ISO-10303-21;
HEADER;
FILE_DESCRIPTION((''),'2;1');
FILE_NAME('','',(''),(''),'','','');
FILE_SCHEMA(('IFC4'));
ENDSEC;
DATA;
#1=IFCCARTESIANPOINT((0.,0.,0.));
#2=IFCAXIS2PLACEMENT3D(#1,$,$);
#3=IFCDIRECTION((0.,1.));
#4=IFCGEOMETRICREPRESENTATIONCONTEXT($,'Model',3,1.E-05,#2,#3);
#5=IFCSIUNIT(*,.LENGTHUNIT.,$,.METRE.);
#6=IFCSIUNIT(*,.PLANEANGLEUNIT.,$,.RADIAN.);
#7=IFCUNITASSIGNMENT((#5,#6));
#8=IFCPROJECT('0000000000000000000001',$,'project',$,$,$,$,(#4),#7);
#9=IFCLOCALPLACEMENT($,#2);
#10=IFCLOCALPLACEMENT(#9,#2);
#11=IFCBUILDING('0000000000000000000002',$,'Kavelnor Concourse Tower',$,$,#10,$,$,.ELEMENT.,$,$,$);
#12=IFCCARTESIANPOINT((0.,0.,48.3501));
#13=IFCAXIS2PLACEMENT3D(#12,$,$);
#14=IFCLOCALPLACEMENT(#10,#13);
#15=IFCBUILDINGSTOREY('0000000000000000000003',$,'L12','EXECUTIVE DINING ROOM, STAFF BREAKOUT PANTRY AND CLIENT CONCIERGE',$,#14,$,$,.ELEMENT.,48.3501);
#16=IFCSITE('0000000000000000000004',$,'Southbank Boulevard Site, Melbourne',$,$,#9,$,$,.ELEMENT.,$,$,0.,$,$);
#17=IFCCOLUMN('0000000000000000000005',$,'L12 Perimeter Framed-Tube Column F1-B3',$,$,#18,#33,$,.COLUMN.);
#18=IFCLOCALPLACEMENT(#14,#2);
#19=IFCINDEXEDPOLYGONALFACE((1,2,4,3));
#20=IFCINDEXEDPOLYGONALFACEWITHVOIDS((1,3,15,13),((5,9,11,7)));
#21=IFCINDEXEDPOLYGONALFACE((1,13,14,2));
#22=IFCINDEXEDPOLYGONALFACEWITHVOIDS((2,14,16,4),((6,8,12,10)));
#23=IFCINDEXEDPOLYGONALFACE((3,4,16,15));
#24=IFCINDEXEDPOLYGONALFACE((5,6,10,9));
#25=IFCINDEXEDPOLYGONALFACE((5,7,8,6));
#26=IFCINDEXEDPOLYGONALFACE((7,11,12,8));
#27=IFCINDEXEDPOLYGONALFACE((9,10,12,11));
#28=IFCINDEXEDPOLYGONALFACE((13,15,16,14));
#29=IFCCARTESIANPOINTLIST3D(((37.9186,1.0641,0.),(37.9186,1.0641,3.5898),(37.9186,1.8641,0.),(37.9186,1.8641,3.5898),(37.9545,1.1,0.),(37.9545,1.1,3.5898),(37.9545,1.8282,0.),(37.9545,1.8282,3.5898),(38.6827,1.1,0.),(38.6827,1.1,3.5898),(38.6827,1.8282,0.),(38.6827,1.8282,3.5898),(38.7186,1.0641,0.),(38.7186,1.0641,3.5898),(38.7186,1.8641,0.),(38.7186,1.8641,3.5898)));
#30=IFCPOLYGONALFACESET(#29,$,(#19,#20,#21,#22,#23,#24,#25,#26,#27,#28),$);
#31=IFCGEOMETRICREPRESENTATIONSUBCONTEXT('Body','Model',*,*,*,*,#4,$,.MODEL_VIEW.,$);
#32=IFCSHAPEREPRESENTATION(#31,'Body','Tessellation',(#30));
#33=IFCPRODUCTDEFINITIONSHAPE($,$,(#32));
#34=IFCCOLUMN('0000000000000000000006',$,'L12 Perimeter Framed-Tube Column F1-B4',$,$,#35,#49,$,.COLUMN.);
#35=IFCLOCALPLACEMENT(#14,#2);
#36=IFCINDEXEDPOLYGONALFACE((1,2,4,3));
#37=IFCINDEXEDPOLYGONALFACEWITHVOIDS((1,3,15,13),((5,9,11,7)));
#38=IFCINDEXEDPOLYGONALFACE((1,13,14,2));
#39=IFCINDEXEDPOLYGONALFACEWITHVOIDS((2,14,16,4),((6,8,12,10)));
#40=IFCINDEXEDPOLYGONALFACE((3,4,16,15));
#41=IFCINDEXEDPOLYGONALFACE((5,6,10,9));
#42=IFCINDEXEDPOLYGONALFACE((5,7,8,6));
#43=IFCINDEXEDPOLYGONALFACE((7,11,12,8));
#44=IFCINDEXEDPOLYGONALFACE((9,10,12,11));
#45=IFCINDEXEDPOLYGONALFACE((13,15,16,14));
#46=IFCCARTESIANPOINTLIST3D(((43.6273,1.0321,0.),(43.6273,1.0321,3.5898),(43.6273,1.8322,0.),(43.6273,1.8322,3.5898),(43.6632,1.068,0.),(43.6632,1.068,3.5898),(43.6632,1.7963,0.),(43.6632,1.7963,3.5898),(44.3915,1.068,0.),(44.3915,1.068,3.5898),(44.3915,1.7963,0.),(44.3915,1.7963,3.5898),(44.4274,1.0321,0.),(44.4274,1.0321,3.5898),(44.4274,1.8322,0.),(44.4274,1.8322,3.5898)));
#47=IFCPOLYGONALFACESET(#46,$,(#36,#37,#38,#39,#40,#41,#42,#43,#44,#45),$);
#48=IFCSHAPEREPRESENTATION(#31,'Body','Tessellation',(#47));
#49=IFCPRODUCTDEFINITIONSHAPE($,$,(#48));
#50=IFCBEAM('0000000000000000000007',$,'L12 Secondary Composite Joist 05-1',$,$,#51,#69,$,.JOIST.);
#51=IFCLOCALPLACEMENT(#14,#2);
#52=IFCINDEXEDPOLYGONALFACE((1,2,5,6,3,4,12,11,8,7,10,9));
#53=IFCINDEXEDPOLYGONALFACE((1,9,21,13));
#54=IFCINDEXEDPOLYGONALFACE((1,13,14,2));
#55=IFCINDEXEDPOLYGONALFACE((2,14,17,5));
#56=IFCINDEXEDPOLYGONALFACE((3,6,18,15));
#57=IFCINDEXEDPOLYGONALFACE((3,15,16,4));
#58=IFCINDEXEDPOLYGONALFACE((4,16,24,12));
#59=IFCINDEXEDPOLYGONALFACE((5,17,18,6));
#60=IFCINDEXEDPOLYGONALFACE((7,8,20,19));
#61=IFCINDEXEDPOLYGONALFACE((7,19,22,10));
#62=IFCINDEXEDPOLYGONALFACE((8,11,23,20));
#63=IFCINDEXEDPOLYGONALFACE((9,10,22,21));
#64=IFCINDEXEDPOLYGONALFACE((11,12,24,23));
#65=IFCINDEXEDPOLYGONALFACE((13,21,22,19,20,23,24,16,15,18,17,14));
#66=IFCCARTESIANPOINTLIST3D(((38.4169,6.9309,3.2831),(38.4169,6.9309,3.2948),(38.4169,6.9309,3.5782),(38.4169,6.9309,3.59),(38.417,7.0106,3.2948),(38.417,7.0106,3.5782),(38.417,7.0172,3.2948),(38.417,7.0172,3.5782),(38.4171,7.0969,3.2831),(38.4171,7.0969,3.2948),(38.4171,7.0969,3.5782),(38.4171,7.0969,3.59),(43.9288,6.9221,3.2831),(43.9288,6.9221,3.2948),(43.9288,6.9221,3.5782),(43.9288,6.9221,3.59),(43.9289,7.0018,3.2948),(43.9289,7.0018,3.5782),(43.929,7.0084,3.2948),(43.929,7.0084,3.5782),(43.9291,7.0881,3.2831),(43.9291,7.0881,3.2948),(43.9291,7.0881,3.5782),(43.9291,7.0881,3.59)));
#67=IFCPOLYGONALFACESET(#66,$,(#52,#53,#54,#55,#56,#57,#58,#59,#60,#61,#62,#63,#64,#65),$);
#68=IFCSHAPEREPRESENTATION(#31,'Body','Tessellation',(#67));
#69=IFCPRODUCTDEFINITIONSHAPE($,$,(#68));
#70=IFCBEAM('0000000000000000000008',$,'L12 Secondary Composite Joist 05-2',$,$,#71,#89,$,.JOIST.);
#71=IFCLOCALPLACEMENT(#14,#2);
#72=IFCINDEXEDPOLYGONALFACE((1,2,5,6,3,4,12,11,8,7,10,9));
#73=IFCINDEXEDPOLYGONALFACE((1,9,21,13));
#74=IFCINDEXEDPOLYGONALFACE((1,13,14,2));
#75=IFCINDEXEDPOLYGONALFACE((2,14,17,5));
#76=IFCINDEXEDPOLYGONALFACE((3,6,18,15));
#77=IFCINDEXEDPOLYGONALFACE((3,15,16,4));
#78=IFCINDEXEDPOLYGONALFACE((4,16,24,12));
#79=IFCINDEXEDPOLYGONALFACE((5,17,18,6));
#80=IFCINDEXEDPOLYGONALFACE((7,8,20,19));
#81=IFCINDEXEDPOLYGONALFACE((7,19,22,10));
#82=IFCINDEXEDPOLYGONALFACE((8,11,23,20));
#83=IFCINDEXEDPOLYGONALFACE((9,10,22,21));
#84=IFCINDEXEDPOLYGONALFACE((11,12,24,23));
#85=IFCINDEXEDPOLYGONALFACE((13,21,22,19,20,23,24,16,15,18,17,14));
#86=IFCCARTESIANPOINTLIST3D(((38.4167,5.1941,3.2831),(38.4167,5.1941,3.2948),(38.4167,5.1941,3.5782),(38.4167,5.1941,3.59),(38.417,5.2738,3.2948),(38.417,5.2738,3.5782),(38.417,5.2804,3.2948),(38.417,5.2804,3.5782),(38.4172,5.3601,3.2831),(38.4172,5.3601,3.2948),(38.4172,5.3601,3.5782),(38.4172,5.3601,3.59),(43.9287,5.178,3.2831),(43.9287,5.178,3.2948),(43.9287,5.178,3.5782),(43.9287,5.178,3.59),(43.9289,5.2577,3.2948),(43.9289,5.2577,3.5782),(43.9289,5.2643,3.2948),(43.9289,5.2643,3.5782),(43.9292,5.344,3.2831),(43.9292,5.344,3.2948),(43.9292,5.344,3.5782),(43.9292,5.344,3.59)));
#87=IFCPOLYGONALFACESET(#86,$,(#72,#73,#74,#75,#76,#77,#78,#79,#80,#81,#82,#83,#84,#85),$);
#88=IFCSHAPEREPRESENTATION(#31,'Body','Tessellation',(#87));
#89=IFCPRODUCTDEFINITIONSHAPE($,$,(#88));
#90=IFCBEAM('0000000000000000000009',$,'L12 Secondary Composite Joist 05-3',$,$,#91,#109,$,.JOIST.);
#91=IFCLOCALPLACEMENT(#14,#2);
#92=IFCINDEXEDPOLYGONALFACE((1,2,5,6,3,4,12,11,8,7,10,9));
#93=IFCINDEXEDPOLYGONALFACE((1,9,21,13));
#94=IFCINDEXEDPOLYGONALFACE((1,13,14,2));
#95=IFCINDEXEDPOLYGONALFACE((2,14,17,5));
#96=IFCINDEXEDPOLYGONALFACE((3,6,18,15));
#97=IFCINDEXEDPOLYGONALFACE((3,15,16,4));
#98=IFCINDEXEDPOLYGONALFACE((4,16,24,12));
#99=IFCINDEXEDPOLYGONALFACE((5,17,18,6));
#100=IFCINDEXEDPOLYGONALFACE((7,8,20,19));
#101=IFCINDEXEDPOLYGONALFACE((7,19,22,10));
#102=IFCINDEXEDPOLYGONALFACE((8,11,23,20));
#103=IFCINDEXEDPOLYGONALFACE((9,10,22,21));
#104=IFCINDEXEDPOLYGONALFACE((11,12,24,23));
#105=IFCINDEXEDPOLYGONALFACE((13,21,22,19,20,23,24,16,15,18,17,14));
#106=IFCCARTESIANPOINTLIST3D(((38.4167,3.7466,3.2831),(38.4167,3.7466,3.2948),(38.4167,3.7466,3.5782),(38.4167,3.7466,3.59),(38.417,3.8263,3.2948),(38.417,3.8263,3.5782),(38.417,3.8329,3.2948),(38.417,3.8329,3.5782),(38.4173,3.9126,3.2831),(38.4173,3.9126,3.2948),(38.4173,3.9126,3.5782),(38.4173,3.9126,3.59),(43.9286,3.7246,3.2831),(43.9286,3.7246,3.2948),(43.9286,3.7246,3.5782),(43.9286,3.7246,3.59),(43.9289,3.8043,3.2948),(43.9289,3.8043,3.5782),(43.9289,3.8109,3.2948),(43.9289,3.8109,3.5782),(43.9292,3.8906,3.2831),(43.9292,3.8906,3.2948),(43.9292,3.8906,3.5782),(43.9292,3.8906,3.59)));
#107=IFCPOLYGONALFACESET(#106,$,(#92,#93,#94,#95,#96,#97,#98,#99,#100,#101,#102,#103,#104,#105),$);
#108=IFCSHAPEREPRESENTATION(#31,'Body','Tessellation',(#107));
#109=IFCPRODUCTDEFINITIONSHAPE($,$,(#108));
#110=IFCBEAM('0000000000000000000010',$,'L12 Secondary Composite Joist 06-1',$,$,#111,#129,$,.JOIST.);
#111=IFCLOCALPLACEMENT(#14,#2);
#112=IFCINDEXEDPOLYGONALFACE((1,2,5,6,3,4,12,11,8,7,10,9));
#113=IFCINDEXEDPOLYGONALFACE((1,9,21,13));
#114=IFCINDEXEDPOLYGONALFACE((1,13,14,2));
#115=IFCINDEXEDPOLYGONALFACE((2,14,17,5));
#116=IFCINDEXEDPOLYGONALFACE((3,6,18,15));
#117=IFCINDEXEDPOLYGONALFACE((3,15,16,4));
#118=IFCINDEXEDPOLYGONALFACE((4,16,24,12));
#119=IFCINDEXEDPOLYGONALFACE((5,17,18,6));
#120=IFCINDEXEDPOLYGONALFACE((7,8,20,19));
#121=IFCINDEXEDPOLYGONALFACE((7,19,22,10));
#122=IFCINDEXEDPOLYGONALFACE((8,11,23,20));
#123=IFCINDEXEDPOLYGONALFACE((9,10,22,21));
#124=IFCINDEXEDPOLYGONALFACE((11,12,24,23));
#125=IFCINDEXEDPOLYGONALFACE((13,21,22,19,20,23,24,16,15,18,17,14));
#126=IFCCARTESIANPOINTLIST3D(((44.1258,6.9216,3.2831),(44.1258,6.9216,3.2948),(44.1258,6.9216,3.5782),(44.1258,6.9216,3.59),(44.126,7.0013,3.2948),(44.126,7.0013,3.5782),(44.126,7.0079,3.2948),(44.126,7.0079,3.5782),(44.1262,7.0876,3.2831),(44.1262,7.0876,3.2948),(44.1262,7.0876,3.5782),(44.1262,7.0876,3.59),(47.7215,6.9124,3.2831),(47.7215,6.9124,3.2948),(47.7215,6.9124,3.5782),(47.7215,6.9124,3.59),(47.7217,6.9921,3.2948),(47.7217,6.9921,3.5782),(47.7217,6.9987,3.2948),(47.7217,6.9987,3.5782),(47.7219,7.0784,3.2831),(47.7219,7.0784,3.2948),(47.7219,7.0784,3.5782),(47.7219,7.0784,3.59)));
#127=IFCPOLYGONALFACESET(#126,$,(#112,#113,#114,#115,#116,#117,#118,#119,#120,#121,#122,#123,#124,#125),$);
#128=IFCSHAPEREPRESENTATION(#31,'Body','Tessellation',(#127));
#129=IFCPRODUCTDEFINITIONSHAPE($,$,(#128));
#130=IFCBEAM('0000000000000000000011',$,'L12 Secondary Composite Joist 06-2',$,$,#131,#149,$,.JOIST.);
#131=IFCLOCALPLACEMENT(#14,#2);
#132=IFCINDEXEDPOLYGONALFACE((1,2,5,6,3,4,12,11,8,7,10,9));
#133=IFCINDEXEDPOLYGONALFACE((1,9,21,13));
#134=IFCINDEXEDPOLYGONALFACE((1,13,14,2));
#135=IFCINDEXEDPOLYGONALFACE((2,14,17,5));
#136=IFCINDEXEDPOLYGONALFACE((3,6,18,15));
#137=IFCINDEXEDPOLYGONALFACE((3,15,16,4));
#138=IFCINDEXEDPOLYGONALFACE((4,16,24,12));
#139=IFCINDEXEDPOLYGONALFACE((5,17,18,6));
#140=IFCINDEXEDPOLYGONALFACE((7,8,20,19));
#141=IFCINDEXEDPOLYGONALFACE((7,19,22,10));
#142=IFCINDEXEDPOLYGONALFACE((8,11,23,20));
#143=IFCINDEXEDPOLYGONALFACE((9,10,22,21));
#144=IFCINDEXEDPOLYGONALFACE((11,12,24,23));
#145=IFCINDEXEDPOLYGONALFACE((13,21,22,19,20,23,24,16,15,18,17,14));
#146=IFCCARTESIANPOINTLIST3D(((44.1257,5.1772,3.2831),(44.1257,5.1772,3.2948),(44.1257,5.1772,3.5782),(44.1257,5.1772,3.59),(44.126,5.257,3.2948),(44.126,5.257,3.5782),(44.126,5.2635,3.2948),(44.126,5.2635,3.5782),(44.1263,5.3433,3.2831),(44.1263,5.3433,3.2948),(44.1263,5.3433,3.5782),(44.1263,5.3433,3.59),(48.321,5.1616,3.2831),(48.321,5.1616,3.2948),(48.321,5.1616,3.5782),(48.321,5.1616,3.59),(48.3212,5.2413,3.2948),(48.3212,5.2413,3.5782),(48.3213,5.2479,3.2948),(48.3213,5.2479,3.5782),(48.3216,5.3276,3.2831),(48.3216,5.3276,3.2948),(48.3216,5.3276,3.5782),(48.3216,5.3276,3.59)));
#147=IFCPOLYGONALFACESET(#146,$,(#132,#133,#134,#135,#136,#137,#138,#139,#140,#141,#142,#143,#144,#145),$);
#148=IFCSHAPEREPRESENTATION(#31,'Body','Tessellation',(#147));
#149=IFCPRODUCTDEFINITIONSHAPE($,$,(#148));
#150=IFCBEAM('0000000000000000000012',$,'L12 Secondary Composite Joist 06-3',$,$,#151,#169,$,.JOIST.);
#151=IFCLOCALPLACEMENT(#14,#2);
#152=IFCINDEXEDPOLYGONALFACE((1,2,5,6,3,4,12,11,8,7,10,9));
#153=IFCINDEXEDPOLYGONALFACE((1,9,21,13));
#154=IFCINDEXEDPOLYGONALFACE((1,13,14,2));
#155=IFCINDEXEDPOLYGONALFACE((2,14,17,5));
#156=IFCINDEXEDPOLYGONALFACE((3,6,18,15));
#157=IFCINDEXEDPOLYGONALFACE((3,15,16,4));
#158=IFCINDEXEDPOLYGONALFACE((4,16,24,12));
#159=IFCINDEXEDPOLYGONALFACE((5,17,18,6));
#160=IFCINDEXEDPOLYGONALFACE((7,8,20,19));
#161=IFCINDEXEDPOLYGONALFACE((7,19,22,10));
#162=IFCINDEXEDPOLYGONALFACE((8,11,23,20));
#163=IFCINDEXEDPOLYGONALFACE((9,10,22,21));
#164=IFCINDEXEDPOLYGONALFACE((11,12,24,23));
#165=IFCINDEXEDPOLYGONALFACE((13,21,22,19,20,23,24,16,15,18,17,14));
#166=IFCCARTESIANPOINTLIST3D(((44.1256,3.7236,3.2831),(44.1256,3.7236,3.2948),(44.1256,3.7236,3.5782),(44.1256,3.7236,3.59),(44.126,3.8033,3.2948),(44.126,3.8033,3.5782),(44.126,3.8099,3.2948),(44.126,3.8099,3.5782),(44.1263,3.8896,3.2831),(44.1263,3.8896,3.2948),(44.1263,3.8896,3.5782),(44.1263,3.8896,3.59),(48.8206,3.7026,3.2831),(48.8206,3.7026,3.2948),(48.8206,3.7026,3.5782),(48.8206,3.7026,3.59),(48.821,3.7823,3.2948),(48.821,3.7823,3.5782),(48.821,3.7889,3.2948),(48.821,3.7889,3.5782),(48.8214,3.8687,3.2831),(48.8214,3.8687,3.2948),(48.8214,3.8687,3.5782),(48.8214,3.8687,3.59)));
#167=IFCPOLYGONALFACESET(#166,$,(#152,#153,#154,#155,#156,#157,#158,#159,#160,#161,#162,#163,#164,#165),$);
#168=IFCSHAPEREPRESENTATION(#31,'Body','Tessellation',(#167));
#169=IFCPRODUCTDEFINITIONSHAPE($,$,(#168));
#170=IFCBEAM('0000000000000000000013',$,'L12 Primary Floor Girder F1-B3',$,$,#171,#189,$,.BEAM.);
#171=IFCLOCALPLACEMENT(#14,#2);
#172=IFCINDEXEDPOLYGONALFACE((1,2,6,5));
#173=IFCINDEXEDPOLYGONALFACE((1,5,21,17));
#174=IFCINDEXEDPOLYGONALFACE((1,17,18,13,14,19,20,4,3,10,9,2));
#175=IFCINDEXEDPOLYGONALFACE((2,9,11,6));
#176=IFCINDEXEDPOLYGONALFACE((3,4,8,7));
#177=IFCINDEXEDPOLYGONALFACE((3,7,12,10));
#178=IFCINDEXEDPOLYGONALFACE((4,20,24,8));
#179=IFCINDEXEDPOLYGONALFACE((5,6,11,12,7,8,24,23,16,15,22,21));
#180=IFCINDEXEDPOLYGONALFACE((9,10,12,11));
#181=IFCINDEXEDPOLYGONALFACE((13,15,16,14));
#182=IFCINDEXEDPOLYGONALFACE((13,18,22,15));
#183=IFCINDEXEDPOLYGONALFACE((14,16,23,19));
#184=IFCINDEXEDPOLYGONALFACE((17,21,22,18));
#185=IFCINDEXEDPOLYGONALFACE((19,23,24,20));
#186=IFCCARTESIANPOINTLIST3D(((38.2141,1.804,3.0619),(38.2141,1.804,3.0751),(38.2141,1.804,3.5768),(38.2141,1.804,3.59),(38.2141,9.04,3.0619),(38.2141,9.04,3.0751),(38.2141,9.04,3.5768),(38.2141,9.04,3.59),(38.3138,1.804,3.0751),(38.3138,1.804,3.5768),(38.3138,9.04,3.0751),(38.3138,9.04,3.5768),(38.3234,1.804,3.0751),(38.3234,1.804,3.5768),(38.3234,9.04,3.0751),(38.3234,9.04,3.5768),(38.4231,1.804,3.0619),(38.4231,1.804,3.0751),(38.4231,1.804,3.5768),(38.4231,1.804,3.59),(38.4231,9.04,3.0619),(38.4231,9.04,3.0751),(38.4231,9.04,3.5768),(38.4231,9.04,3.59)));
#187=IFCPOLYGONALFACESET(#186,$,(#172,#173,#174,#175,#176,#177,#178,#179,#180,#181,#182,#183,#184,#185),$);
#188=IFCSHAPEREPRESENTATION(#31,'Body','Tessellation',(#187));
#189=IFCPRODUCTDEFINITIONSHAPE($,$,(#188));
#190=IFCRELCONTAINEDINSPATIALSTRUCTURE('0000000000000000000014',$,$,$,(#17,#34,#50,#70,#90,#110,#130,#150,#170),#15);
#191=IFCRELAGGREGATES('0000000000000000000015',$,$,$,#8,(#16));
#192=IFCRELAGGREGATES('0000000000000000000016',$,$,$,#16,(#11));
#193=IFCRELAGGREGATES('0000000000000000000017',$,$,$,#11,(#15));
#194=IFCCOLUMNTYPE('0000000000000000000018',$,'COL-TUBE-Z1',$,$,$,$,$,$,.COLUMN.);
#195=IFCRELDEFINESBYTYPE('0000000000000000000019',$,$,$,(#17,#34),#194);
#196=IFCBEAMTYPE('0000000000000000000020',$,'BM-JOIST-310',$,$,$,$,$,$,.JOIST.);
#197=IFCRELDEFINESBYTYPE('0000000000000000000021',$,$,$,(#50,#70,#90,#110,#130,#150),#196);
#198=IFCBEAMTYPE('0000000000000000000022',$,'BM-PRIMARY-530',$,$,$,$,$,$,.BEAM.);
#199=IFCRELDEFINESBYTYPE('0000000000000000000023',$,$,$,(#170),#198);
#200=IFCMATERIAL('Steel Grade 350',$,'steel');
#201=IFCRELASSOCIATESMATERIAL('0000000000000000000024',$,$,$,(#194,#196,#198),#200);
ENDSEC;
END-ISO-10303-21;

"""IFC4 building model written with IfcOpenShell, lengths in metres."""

from ifc_helpers import new_model, si_unit, direction, frame, origin, origin_2d, place, context, subcontext, project, spatial, hollow_rectangle, i_section, extrude, material, material_profile, profile_set, type_object, element, save


model = new_model("IFC4")

# Units and contexts
model_context = context("Model", 3, precision=1e-05, world=origin(), true_north=direction((0.0, 1.0)))
body_context = subcontext(model_context, "Body", "Model", "MODEL_VIEW")
ifc_project = project(units=[si_unit("LENGTHUNIT", "METRE"), si_unit("PLANEANGLEUNIT", "RADIAN")], contexts=[model_context])

# Site, building, storey
site_placement = place(None, origin())
site = spatial("IfcSite", under=ifc_project, at=site_placement, Name="Southbank Boulevard Site, Melbourne", CompositionType="ELEMENT", RefElevation=0.0)
building_placement = place(site_placement, origin())
building = spatial("IfcBuilding", under=site, at=building_placement, Name="Kavelnor Concourse Tower", CompositionType="ELEMENT")
storey_placement = place(building_placement, frame((0.0, 0.0, 48.3501)))
storey = spatial("IfcBuildingStorey", under=building, at=storey_placement, Name="L12", Description="EXECUTIVE DINING ROOM, STAFF BREAKOUT PANTRY AND CLIENT CONCIERGE", CompositionType="ELEMENT", Elevation=48.3501)

# Columns
ifc_material_1 = material(Name="Steel Grade 350", Category="steel")
ifc_material_profile_1 = material_profile(ifc_material_1, hollow_rectangle(XDim=0.8, YDim=0.8, WallThickness=0.0359, at=origin_2d()), Name="SHS 800x800x36")
ifc_profile_set_1 = profile_set([ifc_material_profile_1], Name="Steel Grade 350")
column_type = type_object("IfcColumnType", Name="COL-TUBE-Z1", PredefinedType="COLUMN", material=ifc_profile_set_1)
for number, where, z_axis, x_axis, name in (
    (1, (38.3186, 1.4641, 0.0), (0.0, 0.0, 1.0), (1.0, 0.0, 0.0), "L12 Perimeter Framed-Tube Column F1-B3"),
    (2, (44.0273, 1.4321, 0.0), (0.0, 0.0, 1.0), (1.0, 0.0, 0.0), "L12 Perimeter Framed-Tube Column F1-B4"),
):
    element("IfcColumn", number, at=place(storey_placement, frame(where, z_axis=z_axis, x_axis=x_axis)), inside=storey, type_object=column_type, Name=name, PredefinedType="COLUMN", context=body_context, shape_type="SweptSolid", body=[
        extrude(hollow_rectangle(XDim=0.8, YDim=0.8, WallThickness=0.0359, at=origin_2d()), origin(), (0.0, 0.0, 1.0), 3.5898),
    ])

# Beams
ifc_material_profile_2 = material_profile(ifc_material_1, i_section(OverallWidth=0.166, OverallDepth=0.3069, WebThickness=0.0066, FlangeThickness=0.0117, at=origin_2d()), Name="310UB46")
ifc_profile_set_2 = profile_set([ifc_material_profile_2], Name="Steel Grade 350")
beam_type_1 = type_object("IfcBeamType", Name="BM-JOIST-310", PredefinedType="JOIST", material=ifc_profile_set_2)
for number, where, z_axis, x_axis, name in (
    (3, (38.417, 7.0139, 3.4365), (0.999999, -0.001595, 0.0), (0.001595, 0.999999, 0.0), "L12 Secondary Composite Joist 05-1"),
    (4, (38.417, 5.2771, 3.4365), (0.999996, -0.002923, 0.0), (0.002923, 0.999996, 0.0), "L12 Secondary Composite Joist 05-2"),
    (5, (38.417, 3.8296, 3.4365), (0.999992, -0.003986, 0.0), (0.003986, 0.999992, 0.0), "L12 Secondary Composite Joist 05-3"),
):
    element("IfcBeam", number, at=place(storey_placement, frame(where, z_axis=z_axis, x_axis=x_axis)), inside=storey, type_object=beam_type_1, Name=name, PredefinedType="JOIST", context=body_context, shape_type="SweptSolid", body=[
        extrude(i_section(OverallWidth=0.166, OverallDepth=0.3069, WebThickness=0.0066, FlangeThickness=0.0117, at=origin_2d()), origin(), (0.0, 0.0, 1.0), 5.512),
    ])
beam_1_placement = place(storey_placement, frame((44.126, 7.0046, 3.4365), z_axis=(0.999997, -0.00258, 0.0), x_axis=(0.00258, 0.999997, 0.0)))
element("IfcBeam", 6, at=beam_1_placement, inside=storey, type_object=beam_type_1, Name="L12 Secondary Composite Joist 06-1", PredefinedType="JOIST", context=body_context, shape_type="SweptSolid", body=[
    extrude(i_section(OverallWidth=0.166, OverallDepth=0.3069, WebThickness=0.0066, FlangeThickness=0.0117, at=origin_2d()), origin(), (0.0, 0.0, 1.0), 3.5957),
])
beam_2_placement = place(storey_placement, frame((44.126, 5.2603, 3.4365), z_axis=(0.999993, -0.003724, 0.0), x_axis=(0.003724, 0.999993, 0.0)))
element("IfcBeam", 7, at=beam_2_placement, inside=storey, type_object=beam_type_1, Name="L12 Secondary Composite Joist 06-2", PredefinedType="JOIST", context=body_context, shape_type="SweptSolid", body=[
    extrude(i_section(OverallWidth=0.166, OverallDepth=0.3069, WebThickness=0.0066, FlangeThickness=0.0117, at=origin_2d()), origin(), (0.0, 0.0, 1.0), 4.1953),
])
beam_3_placement = place(storey_placement, frame((44.126, 3.8066, 3.4365), z_axis=(0.99999, -0.004472, 0.0), x_axis=(0.004472, 0.99999, 0.0)))
element("IfcBeam", 8, at=beam_3_placement, inside=storey, type_object=beam_type_1, Name="L12 Secondary Composite Joist 06-3", PredefinedType="JOIST", context=body_context, shape_type="SweptSolid", body=[
    extrude(i_section(OverallWidth=0.166, OverallDepth=0.3069, WebThickness=0.0066, FlangeThickness=0.0117, at=origin_2d()), origin(), (0.0, 0.0, 1.0), 4.6951),
])
ifc_material_profile_3 = material_profile(ifc_material_1, i_section(OverallWidth=0.209, OverallDepth=0.5281, WebThickness=0.0095, FlangeThickness=0.0132, at=origin_2d()), Name="530UB82")
ifc_profile_set_3 = profile_set([ifc_material_profile_3], Name="Steel Grade 350")
beam_type_2 = type_object("IfcBeamType", Name="BM-PRIMARY-530", PredefinedType="BEAM", material=ifc_profile_set_3)
beam_4_placement = place(storey_placement, frame((38.3186, 9.04, 3.3259), z_axis=(0.0, -1.0, 0.0), x_axis=(1.0, 0.0, 0.0)))
element("IfcBeam", 9, at=beam_4_placement, inside=storey, type_object=beam_type_2, Name="L12 Primary Floor Girder F1-B3", PredefinedType="BEAM", context=body_context, shape_type="SweptSolid", body=[
    extrude(i_section(OverallWidth=0.209, OverallDepth=0.5281, WebThickness=0.0095, FlangeThickness=0.0132, at=origin_2d()), origin(), (0.0, 0.0, 1.0), 7.2361),
])

save(model, "model.ifc")
